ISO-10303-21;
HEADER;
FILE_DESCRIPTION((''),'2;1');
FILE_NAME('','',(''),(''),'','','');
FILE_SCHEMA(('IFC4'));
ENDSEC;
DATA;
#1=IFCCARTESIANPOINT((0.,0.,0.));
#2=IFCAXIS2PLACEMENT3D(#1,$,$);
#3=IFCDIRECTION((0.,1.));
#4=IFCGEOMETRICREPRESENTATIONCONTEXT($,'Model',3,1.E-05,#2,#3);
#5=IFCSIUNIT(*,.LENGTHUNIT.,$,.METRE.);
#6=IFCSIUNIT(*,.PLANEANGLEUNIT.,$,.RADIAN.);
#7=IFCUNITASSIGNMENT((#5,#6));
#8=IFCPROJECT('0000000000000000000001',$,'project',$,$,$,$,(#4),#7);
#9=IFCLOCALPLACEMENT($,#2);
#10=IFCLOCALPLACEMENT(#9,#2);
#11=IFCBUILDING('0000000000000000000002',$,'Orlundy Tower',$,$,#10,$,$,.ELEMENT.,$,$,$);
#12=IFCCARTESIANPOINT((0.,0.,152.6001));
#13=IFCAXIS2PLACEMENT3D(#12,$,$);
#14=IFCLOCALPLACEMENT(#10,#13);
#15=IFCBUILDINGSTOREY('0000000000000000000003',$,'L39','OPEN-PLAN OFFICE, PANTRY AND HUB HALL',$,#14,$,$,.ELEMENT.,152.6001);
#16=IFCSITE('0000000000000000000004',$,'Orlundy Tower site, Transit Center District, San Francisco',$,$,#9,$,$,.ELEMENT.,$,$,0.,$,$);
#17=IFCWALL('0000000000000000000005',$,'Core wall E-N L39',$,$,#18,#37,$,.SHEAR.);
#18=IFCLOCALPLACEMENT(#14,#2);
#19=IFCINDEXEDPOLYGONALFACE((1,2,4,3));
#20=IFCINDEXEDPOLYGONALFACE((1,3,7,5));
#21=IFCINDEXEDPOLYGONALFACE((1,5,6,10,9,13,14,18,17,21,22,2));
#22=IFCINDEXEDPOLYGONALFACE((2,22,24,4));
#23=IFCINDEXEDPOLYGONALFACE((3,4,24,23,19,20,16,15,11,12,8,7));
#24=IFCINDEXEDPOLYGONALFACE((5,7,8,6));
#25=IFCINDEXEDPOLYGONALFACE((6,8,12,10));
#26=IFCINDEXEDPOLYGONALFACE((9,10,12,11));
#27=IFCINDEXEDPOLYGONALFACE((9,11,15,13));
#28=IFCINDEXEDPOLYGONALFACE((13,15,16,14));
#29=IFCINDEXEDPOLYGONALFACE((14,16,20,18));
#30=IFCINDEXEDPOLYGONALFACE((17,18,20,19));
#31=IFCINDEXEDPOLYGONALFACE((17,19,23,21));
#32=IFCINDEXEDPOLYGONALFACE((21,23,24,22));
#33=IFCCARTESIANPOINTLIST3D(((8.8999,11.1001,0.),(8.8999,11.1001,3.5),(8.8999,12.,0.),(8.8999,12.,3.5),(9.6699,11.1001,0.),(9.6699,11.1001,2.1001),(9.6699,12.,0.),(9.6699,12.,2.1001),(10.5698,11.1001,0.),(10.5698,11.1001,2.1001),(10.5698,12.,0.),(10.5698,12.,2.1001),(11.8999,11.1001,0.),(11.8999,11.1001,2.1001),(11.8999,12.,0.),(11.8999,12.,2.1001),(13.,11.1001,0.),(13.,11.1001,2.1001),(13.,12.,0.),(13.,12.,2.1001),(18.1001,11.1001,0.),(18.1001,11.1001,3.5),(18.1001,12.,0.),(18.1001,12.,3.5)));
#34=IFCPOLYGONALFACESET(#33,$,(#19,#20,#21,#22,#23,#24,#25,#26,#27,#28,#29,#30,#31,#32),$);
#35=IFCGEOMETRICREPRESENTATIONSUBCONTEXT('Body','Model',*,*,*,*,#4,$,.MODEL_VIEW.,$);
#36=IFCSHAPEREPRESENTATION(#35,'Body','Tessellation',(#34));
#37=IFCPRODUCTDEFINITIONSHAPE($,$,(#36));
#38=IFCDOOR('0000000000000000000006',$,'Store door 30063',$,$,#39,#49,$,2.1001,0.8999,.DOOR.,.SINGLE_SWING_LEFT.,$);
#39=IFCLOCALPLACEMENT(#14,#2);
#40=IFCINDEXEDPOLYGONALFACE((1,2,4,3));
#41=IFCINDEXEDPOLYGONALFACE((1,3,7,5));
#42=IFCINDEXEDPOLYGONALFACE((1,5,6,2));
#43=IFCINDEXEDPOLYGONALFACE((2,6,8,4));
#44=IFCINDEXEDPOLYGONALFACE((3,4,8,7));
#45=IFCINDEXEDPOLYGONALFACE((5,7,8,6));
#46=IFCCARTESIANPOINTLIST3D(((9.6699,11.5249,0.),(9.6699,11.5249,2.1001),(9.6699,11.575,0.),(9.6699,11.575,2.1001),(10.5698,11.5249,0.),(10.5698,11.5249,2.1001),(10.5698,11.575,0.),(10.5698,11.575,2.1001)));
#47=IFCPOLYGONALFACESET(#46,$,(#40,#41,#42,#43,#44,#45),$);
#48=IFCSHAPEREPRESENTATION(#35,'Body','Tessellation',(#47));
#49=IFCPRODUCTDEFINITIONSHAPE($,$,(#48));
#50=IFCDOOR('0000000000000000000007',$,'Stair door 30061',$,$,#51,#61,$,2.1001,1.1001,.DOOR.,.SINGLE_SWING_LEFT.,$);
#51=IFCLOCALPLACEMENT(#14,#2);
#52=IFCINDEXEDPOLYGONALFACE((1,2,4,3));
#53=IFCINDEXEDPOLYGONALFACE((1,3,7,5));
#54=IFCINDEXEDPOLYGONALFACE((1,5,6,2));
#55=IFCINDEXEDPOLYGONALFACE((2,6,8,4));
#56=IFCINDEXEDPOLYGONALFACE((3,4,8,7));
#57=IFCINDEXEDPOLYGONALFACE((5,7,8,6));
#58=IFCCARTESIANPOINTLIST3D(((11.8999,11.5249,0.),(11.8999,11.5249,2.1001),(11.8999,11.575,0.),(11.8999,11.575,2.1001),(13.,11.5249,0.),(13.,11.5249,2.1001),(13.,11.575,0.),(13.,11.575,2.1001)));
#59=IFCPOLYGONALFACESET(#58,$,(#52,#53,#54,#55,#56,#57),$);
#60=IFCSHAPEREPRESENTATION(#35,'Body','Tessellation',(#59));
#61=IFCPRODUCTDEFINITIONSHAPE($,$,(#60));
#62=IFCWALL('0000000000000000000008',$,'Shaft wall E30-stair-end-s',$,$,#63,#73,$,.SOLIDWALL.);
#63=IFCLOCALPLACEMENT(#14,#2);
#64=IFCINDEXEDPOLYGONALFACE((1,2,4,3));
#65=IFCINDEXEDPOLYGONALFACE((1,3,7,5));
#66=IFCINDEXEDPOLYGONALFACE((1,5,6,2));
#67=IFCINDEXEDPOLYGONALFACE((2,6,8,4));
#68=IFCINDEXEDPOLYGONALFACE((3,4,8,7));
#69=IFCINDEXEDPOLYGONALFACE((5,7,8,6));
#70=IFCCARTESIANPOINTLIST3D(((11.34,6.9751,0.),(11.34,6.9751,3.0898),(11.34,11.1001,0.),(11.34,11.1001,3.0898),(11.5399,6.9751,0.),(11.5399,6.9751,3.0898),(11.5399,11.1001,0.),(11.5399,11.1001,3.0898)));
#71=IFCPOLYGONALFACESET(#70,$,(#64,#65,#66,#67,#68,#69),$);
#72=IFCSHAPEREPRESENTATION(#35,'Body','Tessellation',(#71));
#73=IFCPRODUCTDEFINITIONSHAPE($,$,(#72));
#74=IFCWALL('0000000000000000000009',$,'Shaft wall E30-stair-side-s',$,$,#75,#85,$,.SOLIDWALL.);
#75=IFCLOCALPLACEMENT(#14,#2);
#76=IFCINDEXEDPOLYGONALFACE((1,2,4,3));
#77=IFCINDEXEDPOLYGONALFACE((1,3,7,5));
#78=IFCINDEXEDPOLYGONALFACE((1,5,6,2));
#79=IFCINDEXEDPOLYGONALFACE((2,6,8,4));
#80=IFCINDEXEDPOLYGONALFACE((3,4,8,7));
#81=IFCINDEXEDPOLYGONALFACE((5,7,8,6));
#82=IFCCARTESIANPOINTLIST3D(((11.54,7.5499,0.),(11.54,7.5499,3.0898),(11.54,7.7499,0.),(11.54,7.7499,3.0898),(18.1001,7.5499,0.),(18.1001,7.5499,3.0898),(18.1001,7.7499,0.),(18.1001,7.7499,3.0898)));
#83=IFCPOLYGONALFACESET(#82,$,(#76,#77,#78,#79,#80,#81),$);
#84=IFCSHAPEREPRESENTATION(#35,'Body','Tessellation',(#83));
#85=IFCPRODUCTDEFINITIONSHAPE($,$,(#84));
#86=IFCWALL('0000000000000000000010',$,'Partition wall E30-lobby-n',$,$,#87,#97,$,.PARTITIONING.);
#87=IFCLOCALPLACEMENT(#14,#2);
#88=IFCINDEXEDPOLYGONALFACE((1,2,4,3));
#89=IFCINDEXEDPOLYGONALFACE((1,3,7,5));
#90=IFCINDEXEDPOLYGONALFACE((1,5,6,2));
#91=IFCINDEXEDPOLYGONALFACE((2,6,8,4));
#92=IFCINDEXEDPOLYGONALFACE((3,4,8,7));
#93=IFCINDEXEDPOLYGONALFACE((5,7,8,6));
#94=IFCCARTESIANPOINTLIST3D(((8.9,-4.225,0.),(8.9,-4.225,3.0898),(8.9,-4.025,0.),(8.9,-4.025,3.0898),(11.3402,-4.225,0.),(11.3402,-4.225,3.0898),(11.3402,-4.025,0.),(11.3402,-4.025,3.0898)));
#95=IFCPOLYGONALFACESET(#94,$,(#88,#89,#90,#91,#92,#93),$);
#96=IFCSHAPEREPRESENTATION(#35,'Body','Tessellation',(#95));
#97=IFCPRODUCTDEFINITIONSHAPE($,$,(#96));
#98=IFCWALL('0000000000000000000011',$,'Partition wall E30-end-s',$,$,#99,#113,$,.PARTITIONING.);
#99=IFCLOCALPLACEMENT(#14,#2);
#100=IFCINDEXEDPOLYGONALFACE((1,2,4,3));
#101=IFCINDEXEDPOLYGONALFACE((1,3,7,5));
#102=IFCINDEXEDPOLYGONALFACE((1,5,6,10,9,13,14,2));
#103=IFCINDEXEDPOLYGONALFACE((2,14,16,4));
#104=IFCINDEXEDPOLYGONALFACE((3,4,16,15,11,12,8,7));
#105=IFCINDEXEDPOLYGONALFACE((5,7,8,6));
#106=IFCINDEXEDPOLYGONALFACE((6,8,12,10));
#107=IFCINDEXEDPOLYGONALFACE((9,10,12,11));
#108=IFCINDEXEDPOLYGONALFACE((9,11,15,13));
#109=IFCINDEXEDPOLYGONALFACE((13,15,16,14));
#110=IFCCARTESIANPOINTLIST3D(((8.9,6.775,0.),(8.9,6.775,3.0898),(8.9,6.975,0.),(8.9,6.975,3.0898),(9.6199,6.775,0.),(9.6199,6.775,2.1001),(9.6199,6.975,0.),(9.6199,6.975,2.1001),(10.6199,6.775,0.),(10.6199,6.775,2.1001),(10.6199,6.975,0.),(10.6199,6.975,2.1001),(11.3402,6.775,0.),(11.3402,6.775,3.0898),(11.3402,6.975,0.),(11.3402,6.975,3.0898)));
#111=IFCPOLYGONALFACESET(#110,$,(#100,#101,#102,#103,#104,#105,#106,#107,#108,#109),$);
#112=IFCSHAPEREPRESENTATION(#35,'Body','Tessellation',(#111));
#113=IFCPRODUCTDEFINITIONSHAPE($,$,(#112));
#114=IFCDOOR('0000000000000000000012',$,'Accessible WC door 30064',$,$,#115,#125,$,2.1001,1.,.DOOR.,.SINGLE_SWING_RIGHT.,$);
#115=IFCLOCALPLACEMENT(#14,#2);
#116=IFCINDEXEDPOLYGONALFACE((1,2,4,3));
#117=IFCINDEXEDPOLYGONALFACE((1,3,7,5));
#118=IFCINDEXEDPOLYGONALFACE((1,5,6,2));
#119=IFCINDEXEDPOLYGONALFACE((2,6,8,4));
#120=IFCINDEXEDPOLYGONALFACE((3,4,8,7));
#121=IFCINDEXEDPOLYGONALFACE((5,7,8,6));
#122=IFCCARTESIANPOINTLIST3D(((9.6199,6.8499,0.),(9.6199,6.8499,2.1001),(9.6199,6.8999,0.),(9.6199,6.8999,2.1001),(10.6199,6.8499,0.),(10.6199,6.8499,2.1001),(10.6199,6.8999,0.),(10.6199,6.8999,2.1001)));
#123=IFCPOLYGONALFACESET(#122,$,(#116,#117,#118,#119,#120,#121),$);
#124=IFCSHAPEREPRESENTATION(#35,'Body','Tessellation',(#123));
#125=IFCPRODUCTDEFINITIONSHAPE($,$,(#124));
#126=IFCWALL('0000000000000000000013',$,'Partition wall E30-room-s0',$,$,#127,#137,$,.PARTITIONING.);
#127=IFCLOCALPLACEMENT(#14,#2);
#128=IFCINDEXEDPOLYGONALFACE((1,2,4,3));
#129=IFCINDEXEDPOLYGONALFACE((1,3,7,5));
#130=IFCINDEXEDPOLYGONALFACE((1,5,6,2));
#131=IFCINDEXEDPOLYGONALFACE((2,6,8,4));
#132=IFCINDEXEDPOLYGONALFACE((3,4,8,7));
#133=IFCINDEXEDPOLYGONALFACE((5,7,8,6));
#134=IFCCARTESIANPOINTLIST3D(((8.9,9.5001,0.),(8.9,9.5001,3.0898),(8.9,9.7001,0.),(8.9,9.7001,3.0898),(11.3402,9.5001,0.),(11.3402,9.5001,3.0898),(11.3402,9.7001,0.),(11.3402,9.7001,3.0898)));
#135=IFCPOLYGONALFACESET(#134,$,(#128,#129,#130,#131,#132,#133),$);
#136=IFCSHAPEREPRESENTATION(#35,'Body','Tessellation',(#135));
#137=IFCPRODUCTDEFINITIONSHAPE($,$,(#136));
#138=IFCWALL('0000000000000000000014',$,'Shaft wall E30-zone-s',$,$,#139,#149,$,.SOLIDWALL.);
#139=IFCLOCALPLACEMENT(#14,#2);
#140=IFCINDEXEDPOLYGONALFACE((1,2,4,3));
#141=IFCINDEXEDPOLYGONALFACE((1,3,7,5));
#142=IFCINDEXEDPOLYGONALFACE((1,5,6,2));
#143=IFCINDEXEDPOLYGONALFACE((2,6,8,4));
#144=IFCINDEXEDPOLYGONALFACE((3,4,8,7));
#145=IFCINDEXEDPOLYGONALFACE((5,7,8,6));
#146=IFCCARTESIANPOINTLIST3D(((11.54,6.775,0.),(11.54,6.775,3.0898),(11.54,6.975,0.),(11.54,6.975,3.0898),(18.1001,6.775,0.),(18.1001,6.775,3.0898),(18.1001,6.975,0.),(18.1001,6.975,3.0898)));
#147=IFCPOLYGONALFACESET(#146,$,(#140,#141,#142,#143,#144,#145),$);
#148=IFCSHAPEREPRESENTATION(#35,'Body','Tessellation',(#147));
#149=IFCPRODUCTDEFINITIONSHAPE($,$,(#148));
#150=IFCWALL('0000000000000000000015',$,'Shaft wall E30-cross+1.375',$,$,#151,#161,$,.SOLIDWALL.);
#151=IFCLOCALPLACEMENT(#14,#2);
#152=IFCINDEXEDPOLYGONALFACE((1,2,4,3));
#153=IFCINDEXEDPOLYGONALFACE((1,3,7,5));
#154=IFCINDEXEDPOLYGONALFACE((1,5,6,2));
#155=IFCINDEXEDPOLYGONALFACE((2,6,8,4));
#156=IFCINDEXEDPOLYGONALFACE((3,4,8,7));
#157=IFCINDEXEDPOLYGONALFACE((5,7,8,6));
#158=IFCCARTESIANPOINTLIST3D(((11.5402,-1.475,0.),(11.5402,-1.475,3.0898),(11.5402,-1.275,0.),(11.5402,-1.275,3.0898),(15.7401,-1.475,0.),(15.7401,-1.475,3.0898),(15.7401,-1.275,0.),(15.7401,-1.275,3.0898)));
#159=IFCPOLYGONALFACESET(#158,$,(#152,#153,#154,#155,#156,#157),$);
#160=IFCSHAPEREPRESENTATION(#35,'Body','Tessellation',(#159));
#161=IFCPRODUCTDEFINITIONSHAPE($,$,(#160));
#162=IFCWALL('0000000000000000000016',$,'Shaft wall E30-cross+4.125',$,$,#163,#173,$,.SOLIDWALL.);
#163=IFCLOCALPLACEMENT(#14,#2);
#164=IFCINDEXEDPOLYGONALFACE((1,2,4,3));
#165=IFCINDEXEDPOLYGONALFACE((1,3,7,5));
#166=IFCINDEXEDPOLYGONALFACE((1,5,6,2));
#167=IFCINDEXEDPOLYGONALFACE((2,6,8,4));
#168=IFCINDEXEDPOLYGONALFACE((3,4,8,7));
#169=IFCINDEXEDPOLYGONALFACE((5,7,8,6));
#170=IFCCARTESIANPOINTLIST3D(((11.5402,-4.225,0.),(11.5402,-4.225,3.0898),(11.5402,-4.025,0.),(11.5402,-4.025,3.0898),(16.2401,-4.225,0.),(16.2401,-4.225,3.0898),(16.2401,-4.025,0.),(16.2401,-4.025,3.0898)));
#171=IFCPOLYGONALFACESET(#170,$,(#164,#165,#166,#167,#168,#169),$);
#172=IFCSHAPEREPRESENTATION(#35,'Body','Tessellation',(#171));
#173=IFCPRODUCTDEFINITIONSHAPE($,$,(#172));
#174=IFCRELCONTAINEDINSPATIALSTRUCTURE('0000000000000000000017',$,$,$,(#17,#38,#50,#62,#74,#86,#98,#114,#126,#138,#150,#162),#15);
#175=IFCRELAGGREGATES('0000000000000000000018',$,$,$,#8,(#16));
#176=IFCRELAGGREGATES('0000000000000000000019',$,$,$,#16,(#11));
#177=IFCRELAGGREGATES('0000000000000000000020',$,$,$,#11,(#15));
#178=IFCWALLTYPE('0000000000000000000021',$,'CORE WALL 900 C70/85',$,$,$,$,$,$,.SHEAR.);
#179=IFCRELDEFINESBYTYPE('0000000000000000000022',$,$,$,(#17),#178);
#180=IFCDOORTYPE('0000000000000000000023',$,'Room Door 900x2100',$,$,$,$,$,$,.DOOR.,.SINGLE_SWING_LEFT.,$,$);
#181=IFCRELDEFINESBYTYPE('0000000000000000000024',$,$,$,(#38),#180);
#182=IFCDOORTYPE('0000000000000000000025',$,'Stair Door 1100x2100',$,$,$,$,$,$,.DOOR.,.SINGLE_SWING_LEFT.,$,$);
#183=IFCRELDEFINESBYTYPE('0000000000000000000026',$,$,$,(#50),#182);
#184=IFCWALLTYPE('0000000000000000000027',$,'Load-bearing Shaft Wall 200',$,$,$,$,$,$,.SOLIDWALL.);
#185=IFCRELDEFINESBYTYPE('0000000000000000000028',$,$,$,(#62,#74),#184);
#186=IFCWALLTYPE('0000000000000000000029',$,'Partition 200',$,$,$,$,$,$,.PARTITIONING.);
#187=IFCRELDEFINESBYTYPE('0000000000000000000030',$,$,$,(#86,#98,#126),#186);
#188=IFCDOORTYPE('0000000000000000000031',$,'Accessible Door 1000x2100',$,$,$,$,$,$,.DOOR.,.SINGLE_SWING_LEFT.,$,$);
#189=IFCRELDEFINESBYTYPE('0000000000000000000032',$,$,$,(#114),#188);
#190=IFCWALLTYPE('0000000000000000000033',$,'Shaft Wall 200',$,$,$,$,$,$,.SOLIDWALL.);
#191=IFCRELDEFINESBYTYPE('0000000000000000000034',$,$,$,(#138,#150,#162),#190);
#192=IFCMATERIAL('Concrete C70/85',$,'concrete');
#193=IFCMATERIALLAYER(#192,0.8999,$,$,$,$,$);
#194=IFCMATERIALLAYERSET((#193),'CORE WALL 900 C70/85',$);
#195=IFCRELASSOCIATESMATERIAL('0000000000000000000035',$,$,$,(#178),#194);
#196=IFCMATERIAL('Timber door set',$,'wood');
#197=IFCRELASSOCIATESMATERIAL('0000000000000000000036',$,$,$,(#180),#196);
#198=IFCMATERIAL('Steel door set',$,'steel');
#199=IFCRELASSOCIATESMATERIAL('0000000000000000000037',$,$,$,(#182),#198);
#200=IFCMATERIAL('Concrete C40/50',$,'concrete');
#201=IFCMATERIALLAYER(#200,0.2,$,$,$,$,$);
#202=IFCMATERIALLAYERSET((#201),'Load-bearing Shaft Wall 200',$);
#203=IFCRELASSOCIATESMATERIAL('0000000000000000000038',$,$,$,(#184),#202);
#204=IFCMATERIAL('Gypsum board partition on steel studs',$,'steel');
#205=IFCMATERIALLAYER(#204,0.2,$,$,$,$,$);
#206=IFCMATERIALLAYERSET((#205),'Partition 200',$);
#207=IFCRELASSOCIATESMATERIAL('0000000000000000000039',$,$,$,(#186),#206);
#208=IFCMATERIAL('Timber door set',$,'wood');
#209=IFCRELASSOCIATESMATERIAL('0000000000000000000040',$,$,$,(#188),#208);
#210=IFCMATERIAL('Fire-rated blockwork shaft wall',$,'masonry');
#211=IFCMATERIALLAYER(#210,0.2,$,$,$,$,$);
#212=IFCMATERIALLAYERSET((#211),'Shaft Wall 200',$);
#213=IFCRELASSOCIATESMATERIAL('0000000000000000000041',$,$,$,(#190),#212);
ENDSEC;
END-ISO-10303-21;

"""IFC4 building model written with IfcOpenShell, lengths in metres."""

from ifc_helpers import new_model, si_unit, direction, frame, frame_2d, origin, place, context, subcontext, project, spatial, rectangle, extrude, material, layer, layer_set, type_object, element, fill, save


model = new_model("IFC4")

# Units and contexts
model_context = context("Model", 3, precision=1e-05, world=origin(), true_north=direction((0.0, 1.0)))
body_context = subcontext(model_context, "Body", "Model", "MODEL_VIEW")
ifc_project = project(units=[si_unit("LENGTHUNIT", "METRE"), si_unit("PLANEANGLEUNIT", "RADIAN")], contexts=[model_context])

# Site, building, storey
site_placement = place(None, origin())
site = spatial("IfcSite", under=ifc_project, at=site_placement, Name="Orlundy Tower site, Transit Center District, San Francisco", CompositionType="ELEMENT", RefElevation=0.0)
building_placement = place(site_placement, origin())
building = spatial("IfcBuilding", under=site, at=building_placement, Name="Orlundy Tower", CompositionType="ELEMENT")
storey_placement = place(building_placement, frame((0.0, 0.0, 152.6001)))
storey = spatial("IfcBuildingStorey", under=building, at=storey_placement, Name="L39", Description="OPEN-PLAN OFFICE, PANTRY AND HUB HALL", CompositionType="ELEMENT", Elevation=152.6001)

# Wall, openings, doors
ifc_material_1 = material(Name="Concrete C70/85", Category="concrete")
ifc_layer_1 = layer(ifc_material_1, 0.8999)
ifc_layer_set_1 = layer_set([ifc_layer_1], Name="CORE WALL 900 C70/85")
wall_type_1 = type_object("IfcWallType", Name="CORE WALL 900 C70/85", PredefinedType="SHEAR", material=ifc_layer_set_1)
wall_1_placement = place(storey_placement, frame((8.8999, 11.55, 0.0), z_axis=(0.0, 0.0, 1.0), x_axis=(1.0, 0.0, 0.0)))
wall_1 = element("IfcWall", 1, at=wall_1_placement, inside=storey, type_object=wall_type_1, Name="Core wall E-N L39", PredefinedType="SHEAR", context=body_context, shape_type="SweptSolid", body=[
    extrude(rectangle(XDim=9.2002, YDim=0.8999, at=frame_2d((4.6001, 0.0))), origin(), (0.0, 0.0, 1.0), 3.5),
])
opening_1_placement = place(wall_1_placement, frame((3.0, 0.0, 0.0)))
opening_1 = element("IfcOpeningElement", 2, at=opening_1_placement, cuts=wall_1, PredefinedType="OPENING", context=body_context, shape_type="SweptSolid", body=[
    extrude(rectangle(XDim=1.1001, YDim=2.1001, at=frame_2d((0.55, 1.05))), frame((0.0, 0.46, 0.0), z_axis=(0.0, -1.0, 0.0), x_axis=(1.0, 0.0, 0.0)), (0.0, 0.0, 1.0), 0.9199),
])
opening_2_placement = place(wall_1_placement, frame((0.77, 0.0, 0.0)))
opening_2 = element("IfcOpeningElement", 3, at=opening_2_placement, cuts=wall_1, PredefinedType="OPENING", context=body_context, shape_type="SweptSolid", body=[
    extrude(rectangle(XDim=0.8999, YDim=2.1001, at=frame_2d((0.45, 1.05))), frame((0.0, 0.46, 0.0), z_axis=(0.0, -1.0, 0.0), x_axis=(1.0, 0.0, 0.0)), (0.0, 0.0, 1.0), 0.9199),
])
ifc_material_2 = material(Name="Timber door set", Category="wood")
door_type_1 = type_object("IfcDoorType", Name="Room Door 900x2100", OperationType="SINGLE_SWING_LEFT", PredefinedType="DOOR", material=ifc_material_2)
door_1_placement = place(opening_2_placement, origin())
door_1 = element("IfcDoor", 4, at=door_1_placement, inside=storey, type_object=door_type_1, Name="Store door 30063", OperationType="SINGLE_SWING_LEFT", OverallHeight=2.1001, OverallWidth=0.8999, PredefinedType="DOOR", context=body_context, shape_type="SweptSolid", body=[
    extrude(rectangle(XDim=0.8999, YDim=2.1001, at=frame_2d((0.45, 1.05))), frame((0.0, 0.0249, 0.0), z_axis=(0.0, -1.0, 0.0), x_axis=(1.0, 0.0, 0.0)), (0.0, 0.0, 1.0), 0.05),
])
fill(opening_2, door_1)
ifc_material_3 = material(Name="Steel door set", Category="steel")
door_type_2 = type_object("IfcDoorType", Name="Stair Door 1100x2100", OperationType="SINGLE_SWING_LEFT", PredefinedType="DOOR", material=ifc_material_3)
door_2_placement = place(opening_1_placement, origin())
door_2 = element("IfcDoor", 5, at=door_2_placement, inside=storey, type_object=door_type_2, Name="Stair door 30061", OperationType="SINGLE_SWING_LEFT", OverallHeight=2.1001, OverallWidth=1.1001, PredefinedType="DOOR", context=body_context, shape_type="SweptSolid", body=[
    extrude(rectangle(XDim=1.1001, YDim=2.1001, at=frame_2d((0.55, 1.05))), frame((0.0, 0.0249, 0.0), z_axis=(0.0, -1.0, 0.0), x_axis=(1.0, 0.0, 0.0)), (0.0, 0.0, 1.0), 0.05),
])
fill(opening_1, door_2)

# Walls
ifc_material_4 = material(Name="Concrete C40/50", Category="concrete")
ifc_layer_2 = layer(ifc_material_4, 0.2)
ifc_layer_set_2 = layer_set([ifc_layer_2], Name="Load-bearing Shaft Wall 200")
wall_type_2 = type_object("IfcWallType", Name="Load-bearing Shaft Wall 200", PredefinedType="SOLIDWALL", material=ifc_layer_set_2)
wall_2_placement = place(storey_placement, frame((11.4399, 11.1001, 0.0), z_axis=(0.0, 0.0, 1.0), x_axis=(0.0, -1.0, 0.0)))
element("IfcWall", 6, at=wall_2_placement, inside=storey, type_object=wall_type_2, Name="Shaft wall E30-stair-end-s", PredefinedType="SOLIDWALL", context=body_context, shape_type="SweptSolid", body=[
    extrude(rectangle(XDim=4.125, YDim=0.2, at=frame_2d((2.0625, 0.0))), origin(), (0.0, 0.0, 1.0), 3.0898),
])
wall_3_placement = place(storey_placement, frame((11.54, 7.6499, 0.0), z_axis=(0.0, 0.0, 1.0), x_axis=(1.0, 0.0, 0.0)))
element("IfcWall", 7, at=wall_3_placement, inside=storey, type_object=wall_type_2, Name="Shaft wall E30-stair-side-s", PredefinedType="SOLIDWALL", context=body_context, shape_type="SweptSolid", body=[
    extrude(rectangle(XDim=6.5601, YDim=0.2, at=frame_2d((3.28, 0.0))), origin(), (0.0, 0.0, 1.0), 3.0898),
])
ifc_material_5 = material(Name="Gypsum board partition on steel studs", Category="steel")
ifc_layer_3 = layer(ifc_material_5, 0.2)
ifc_layer_set_3 = layer_set([ifc_layer_3], Name="Partition 200")
wall_type_3 = type_object("IfcWallType", Name="Partition 200", PredefinedType="PARTITIONING", material=ifc_layer_set_3)
wall_4_placement = place(storey_placement, frame((8.8999, -4.125, 0.0), z_axis=(0.0, 0.0, 1.0), x_axis=(1.0, 0.0, 0.0)))
element("IfcWall", 8, at=wall_4_placement, inside=storey, type_object=wall_type_3, Name="Partition wall E30-lobby-n", PredefinedType="PARTITIONING", context=body_context, shape_type="SweptSolid", body=[
    extrude(rectangle(XDim=2.4402, YDim=0.2, at=frame_2d((1.2202, 0.0))), origin(), (0.0, 0.0, 1.0), 3.0898),
])

# Wall, opening, door
wall_5_placement = place(storey_placement, frame((8.8999, 6.875, 0.0), z_axis=(0.0, 0.0, 1.0), x_axis=(1.0, 0.0, 0.0)))
wall_5 = element("IfcWall", 9, at=wall_5_placement, inside=storey, type_object=wall_type_3, Name="Partition wall E30-end-s", PredefinedType="PARTITIONING", context=body_context, shape_type="SweptSolid", body=[
    extrude(rectangle(XDim=2.4402, YDim=0.2, at=frame_2d((1.2202, 0.0))), origin(), (0.0, 0.0, 1.0), 3.0898),
])
opening_3_placement = place(wall_5_placement, frame((0.72, 0.0, 0.0)))
opening_3 = element("IfcOpeningElement", 10, at=opening_3_placement, cuts=wall_5, PredefinedType="OPENING", context=body_context, shape_type="SweptSolid", body=[
    extrude(rectangle(XDim=1.0, YDim=2.1001, at=frame_2d((0.5, 1.05))), frame((0.0, 0.1101, 0.0), z_axis=(0.0, -1.0, 0.0), x_axis=(1.0, 0.0, 0.0)), (0.0, 0.0, 1.0), 0.2202),
])
ifc_material_6 = material(Name="Timber door set", Category="wood")
door_type_3 = type_object("IfcDoorType", Name="Accessible Door 1000x2100", OperationType="SINGLE_SWING_LEFT", PredefinedType="DOOR", material=ifc_material_6)
door_3_placement = place(opening_3_placement, origin())
door_3 = element("IfcDoor", 11, at=door_3_placement, inside=storey, type_object=door_type_3, Name="Accessible WC door 30064", OperationType="SINGLE_SWING_RIGHT", OverallHeight=2.1001, OverallWidth=1.0, PredefinedType="DOOR", context=body_context, shape_type="SweptSolid", body=[
    extrude(rectangle(XDim=1.0, YDim=2.1001, at=frame_2d((0.5, 1.05))), frame((0.0, 0.0249, 0.0), z_axis=(0.0, -1.0, 0.0), x_axis=(1.0, 0.0, 0.0)), (0.0, 0.0, 1.0), 0.05),
])
fill(opening_3, door_3)

# Walls
wall_6_placement = place(storey_placement, frame((8.8999, 9.6001, 0.0), z_axis=(0.0, 0.0, 1.0), x_axis=(1.0, 0.0, 0.0)))
element("IfcWall", 12, at=wall_6_placement, inside=storey, type_object=wall_type_3, Name="Partition wall E30-room-s0", PredefinedType="PARTITIONING", context=body_context, shape_type="SweptSolid", body=[
    extrude(rectangle(XDim=2.4402, YDim=0.2, at=frame_2d((1.2202, 0.0))), origin(), (0.0, 0.0, 1.0), 3.0898),
])
ifc_material_7 = material(Name="Fire-rated blockwork shaft wall", Category="masonry")
ifc_layer_4 = layer(ifc_material_7, 0.2)
ifc_layer_set_4 = layer_set([ifc_layer_4], Name="Shaft Wall 200")
wall_type_4 = type_object("IfcWallType", Name="Shaft Wall 200", PredefinedType="SOLIDWALL", material=ifc_layer_set_4)
wall_7_placement = place(storey_placement, frame((11.54, 6.875, 0.0), z_axis=(0.0, 0.0, 1.0), x_axis=(1.0, 0.0, 0.0)))
element("IfcWall", 13, at=wall_7_placement, inside=storey, type_object=wall_type_4, Name="Shaft wall E30-zone-s", PredefinedType="SOLIDWALL", context=body_context, shape_type="SweptSolid", body=[
    extrude(rectangle(XDim=6.5601, YDim=0.2, at=frame_2d((3.28, 0.0))), origin(), (0.0, 0.0, 1.0), 3.0898),
])
wall_8_placement = place(storey_placement, frame((11.54, -1.375, 0.0), z_axis=(0.0, 0.0, 1.0), x_axis=(1.0, 0.0, 0.0)))
element("IfcWall", 14, at=wall_8_placement, inside=storey, type_object=wall_type_4, Name="Shaft wall E30-cross+1.375", PredefinedType="SOLIDWALL", context=body_context, shape_type="SweptSolid", body=[
    extrude(rectangle(XDim=4.2, YDim=0.2, at=frame_2d((2.1001, 0.0))), origin(), (0.0, 0.0, 1.0), 3.0898),
])
wall_9_placement = place(storey_placement, frame((11.54, -4.125, 0.0), z_axis=(0.0, 0.0, 1.0), x_axis=(1.0, 0.0, 0.0)))
element("IfcWall", 15, at=wall_9_placement, inside=storey, type_object=wall_type_4, Name="Shaft wall E30-cross+4.125", PredefinedType="SOLIDWALL", context=body_context, shape_type="SweptSolid", body=[
    extrude(rectangle(XDim=4.7, YDim=0.2, at=frame_2d((2.3501, 0.0))), origin(), (0.0, 0.0, 1.0), 3.0898),
])

save(model, "model.ifc")
